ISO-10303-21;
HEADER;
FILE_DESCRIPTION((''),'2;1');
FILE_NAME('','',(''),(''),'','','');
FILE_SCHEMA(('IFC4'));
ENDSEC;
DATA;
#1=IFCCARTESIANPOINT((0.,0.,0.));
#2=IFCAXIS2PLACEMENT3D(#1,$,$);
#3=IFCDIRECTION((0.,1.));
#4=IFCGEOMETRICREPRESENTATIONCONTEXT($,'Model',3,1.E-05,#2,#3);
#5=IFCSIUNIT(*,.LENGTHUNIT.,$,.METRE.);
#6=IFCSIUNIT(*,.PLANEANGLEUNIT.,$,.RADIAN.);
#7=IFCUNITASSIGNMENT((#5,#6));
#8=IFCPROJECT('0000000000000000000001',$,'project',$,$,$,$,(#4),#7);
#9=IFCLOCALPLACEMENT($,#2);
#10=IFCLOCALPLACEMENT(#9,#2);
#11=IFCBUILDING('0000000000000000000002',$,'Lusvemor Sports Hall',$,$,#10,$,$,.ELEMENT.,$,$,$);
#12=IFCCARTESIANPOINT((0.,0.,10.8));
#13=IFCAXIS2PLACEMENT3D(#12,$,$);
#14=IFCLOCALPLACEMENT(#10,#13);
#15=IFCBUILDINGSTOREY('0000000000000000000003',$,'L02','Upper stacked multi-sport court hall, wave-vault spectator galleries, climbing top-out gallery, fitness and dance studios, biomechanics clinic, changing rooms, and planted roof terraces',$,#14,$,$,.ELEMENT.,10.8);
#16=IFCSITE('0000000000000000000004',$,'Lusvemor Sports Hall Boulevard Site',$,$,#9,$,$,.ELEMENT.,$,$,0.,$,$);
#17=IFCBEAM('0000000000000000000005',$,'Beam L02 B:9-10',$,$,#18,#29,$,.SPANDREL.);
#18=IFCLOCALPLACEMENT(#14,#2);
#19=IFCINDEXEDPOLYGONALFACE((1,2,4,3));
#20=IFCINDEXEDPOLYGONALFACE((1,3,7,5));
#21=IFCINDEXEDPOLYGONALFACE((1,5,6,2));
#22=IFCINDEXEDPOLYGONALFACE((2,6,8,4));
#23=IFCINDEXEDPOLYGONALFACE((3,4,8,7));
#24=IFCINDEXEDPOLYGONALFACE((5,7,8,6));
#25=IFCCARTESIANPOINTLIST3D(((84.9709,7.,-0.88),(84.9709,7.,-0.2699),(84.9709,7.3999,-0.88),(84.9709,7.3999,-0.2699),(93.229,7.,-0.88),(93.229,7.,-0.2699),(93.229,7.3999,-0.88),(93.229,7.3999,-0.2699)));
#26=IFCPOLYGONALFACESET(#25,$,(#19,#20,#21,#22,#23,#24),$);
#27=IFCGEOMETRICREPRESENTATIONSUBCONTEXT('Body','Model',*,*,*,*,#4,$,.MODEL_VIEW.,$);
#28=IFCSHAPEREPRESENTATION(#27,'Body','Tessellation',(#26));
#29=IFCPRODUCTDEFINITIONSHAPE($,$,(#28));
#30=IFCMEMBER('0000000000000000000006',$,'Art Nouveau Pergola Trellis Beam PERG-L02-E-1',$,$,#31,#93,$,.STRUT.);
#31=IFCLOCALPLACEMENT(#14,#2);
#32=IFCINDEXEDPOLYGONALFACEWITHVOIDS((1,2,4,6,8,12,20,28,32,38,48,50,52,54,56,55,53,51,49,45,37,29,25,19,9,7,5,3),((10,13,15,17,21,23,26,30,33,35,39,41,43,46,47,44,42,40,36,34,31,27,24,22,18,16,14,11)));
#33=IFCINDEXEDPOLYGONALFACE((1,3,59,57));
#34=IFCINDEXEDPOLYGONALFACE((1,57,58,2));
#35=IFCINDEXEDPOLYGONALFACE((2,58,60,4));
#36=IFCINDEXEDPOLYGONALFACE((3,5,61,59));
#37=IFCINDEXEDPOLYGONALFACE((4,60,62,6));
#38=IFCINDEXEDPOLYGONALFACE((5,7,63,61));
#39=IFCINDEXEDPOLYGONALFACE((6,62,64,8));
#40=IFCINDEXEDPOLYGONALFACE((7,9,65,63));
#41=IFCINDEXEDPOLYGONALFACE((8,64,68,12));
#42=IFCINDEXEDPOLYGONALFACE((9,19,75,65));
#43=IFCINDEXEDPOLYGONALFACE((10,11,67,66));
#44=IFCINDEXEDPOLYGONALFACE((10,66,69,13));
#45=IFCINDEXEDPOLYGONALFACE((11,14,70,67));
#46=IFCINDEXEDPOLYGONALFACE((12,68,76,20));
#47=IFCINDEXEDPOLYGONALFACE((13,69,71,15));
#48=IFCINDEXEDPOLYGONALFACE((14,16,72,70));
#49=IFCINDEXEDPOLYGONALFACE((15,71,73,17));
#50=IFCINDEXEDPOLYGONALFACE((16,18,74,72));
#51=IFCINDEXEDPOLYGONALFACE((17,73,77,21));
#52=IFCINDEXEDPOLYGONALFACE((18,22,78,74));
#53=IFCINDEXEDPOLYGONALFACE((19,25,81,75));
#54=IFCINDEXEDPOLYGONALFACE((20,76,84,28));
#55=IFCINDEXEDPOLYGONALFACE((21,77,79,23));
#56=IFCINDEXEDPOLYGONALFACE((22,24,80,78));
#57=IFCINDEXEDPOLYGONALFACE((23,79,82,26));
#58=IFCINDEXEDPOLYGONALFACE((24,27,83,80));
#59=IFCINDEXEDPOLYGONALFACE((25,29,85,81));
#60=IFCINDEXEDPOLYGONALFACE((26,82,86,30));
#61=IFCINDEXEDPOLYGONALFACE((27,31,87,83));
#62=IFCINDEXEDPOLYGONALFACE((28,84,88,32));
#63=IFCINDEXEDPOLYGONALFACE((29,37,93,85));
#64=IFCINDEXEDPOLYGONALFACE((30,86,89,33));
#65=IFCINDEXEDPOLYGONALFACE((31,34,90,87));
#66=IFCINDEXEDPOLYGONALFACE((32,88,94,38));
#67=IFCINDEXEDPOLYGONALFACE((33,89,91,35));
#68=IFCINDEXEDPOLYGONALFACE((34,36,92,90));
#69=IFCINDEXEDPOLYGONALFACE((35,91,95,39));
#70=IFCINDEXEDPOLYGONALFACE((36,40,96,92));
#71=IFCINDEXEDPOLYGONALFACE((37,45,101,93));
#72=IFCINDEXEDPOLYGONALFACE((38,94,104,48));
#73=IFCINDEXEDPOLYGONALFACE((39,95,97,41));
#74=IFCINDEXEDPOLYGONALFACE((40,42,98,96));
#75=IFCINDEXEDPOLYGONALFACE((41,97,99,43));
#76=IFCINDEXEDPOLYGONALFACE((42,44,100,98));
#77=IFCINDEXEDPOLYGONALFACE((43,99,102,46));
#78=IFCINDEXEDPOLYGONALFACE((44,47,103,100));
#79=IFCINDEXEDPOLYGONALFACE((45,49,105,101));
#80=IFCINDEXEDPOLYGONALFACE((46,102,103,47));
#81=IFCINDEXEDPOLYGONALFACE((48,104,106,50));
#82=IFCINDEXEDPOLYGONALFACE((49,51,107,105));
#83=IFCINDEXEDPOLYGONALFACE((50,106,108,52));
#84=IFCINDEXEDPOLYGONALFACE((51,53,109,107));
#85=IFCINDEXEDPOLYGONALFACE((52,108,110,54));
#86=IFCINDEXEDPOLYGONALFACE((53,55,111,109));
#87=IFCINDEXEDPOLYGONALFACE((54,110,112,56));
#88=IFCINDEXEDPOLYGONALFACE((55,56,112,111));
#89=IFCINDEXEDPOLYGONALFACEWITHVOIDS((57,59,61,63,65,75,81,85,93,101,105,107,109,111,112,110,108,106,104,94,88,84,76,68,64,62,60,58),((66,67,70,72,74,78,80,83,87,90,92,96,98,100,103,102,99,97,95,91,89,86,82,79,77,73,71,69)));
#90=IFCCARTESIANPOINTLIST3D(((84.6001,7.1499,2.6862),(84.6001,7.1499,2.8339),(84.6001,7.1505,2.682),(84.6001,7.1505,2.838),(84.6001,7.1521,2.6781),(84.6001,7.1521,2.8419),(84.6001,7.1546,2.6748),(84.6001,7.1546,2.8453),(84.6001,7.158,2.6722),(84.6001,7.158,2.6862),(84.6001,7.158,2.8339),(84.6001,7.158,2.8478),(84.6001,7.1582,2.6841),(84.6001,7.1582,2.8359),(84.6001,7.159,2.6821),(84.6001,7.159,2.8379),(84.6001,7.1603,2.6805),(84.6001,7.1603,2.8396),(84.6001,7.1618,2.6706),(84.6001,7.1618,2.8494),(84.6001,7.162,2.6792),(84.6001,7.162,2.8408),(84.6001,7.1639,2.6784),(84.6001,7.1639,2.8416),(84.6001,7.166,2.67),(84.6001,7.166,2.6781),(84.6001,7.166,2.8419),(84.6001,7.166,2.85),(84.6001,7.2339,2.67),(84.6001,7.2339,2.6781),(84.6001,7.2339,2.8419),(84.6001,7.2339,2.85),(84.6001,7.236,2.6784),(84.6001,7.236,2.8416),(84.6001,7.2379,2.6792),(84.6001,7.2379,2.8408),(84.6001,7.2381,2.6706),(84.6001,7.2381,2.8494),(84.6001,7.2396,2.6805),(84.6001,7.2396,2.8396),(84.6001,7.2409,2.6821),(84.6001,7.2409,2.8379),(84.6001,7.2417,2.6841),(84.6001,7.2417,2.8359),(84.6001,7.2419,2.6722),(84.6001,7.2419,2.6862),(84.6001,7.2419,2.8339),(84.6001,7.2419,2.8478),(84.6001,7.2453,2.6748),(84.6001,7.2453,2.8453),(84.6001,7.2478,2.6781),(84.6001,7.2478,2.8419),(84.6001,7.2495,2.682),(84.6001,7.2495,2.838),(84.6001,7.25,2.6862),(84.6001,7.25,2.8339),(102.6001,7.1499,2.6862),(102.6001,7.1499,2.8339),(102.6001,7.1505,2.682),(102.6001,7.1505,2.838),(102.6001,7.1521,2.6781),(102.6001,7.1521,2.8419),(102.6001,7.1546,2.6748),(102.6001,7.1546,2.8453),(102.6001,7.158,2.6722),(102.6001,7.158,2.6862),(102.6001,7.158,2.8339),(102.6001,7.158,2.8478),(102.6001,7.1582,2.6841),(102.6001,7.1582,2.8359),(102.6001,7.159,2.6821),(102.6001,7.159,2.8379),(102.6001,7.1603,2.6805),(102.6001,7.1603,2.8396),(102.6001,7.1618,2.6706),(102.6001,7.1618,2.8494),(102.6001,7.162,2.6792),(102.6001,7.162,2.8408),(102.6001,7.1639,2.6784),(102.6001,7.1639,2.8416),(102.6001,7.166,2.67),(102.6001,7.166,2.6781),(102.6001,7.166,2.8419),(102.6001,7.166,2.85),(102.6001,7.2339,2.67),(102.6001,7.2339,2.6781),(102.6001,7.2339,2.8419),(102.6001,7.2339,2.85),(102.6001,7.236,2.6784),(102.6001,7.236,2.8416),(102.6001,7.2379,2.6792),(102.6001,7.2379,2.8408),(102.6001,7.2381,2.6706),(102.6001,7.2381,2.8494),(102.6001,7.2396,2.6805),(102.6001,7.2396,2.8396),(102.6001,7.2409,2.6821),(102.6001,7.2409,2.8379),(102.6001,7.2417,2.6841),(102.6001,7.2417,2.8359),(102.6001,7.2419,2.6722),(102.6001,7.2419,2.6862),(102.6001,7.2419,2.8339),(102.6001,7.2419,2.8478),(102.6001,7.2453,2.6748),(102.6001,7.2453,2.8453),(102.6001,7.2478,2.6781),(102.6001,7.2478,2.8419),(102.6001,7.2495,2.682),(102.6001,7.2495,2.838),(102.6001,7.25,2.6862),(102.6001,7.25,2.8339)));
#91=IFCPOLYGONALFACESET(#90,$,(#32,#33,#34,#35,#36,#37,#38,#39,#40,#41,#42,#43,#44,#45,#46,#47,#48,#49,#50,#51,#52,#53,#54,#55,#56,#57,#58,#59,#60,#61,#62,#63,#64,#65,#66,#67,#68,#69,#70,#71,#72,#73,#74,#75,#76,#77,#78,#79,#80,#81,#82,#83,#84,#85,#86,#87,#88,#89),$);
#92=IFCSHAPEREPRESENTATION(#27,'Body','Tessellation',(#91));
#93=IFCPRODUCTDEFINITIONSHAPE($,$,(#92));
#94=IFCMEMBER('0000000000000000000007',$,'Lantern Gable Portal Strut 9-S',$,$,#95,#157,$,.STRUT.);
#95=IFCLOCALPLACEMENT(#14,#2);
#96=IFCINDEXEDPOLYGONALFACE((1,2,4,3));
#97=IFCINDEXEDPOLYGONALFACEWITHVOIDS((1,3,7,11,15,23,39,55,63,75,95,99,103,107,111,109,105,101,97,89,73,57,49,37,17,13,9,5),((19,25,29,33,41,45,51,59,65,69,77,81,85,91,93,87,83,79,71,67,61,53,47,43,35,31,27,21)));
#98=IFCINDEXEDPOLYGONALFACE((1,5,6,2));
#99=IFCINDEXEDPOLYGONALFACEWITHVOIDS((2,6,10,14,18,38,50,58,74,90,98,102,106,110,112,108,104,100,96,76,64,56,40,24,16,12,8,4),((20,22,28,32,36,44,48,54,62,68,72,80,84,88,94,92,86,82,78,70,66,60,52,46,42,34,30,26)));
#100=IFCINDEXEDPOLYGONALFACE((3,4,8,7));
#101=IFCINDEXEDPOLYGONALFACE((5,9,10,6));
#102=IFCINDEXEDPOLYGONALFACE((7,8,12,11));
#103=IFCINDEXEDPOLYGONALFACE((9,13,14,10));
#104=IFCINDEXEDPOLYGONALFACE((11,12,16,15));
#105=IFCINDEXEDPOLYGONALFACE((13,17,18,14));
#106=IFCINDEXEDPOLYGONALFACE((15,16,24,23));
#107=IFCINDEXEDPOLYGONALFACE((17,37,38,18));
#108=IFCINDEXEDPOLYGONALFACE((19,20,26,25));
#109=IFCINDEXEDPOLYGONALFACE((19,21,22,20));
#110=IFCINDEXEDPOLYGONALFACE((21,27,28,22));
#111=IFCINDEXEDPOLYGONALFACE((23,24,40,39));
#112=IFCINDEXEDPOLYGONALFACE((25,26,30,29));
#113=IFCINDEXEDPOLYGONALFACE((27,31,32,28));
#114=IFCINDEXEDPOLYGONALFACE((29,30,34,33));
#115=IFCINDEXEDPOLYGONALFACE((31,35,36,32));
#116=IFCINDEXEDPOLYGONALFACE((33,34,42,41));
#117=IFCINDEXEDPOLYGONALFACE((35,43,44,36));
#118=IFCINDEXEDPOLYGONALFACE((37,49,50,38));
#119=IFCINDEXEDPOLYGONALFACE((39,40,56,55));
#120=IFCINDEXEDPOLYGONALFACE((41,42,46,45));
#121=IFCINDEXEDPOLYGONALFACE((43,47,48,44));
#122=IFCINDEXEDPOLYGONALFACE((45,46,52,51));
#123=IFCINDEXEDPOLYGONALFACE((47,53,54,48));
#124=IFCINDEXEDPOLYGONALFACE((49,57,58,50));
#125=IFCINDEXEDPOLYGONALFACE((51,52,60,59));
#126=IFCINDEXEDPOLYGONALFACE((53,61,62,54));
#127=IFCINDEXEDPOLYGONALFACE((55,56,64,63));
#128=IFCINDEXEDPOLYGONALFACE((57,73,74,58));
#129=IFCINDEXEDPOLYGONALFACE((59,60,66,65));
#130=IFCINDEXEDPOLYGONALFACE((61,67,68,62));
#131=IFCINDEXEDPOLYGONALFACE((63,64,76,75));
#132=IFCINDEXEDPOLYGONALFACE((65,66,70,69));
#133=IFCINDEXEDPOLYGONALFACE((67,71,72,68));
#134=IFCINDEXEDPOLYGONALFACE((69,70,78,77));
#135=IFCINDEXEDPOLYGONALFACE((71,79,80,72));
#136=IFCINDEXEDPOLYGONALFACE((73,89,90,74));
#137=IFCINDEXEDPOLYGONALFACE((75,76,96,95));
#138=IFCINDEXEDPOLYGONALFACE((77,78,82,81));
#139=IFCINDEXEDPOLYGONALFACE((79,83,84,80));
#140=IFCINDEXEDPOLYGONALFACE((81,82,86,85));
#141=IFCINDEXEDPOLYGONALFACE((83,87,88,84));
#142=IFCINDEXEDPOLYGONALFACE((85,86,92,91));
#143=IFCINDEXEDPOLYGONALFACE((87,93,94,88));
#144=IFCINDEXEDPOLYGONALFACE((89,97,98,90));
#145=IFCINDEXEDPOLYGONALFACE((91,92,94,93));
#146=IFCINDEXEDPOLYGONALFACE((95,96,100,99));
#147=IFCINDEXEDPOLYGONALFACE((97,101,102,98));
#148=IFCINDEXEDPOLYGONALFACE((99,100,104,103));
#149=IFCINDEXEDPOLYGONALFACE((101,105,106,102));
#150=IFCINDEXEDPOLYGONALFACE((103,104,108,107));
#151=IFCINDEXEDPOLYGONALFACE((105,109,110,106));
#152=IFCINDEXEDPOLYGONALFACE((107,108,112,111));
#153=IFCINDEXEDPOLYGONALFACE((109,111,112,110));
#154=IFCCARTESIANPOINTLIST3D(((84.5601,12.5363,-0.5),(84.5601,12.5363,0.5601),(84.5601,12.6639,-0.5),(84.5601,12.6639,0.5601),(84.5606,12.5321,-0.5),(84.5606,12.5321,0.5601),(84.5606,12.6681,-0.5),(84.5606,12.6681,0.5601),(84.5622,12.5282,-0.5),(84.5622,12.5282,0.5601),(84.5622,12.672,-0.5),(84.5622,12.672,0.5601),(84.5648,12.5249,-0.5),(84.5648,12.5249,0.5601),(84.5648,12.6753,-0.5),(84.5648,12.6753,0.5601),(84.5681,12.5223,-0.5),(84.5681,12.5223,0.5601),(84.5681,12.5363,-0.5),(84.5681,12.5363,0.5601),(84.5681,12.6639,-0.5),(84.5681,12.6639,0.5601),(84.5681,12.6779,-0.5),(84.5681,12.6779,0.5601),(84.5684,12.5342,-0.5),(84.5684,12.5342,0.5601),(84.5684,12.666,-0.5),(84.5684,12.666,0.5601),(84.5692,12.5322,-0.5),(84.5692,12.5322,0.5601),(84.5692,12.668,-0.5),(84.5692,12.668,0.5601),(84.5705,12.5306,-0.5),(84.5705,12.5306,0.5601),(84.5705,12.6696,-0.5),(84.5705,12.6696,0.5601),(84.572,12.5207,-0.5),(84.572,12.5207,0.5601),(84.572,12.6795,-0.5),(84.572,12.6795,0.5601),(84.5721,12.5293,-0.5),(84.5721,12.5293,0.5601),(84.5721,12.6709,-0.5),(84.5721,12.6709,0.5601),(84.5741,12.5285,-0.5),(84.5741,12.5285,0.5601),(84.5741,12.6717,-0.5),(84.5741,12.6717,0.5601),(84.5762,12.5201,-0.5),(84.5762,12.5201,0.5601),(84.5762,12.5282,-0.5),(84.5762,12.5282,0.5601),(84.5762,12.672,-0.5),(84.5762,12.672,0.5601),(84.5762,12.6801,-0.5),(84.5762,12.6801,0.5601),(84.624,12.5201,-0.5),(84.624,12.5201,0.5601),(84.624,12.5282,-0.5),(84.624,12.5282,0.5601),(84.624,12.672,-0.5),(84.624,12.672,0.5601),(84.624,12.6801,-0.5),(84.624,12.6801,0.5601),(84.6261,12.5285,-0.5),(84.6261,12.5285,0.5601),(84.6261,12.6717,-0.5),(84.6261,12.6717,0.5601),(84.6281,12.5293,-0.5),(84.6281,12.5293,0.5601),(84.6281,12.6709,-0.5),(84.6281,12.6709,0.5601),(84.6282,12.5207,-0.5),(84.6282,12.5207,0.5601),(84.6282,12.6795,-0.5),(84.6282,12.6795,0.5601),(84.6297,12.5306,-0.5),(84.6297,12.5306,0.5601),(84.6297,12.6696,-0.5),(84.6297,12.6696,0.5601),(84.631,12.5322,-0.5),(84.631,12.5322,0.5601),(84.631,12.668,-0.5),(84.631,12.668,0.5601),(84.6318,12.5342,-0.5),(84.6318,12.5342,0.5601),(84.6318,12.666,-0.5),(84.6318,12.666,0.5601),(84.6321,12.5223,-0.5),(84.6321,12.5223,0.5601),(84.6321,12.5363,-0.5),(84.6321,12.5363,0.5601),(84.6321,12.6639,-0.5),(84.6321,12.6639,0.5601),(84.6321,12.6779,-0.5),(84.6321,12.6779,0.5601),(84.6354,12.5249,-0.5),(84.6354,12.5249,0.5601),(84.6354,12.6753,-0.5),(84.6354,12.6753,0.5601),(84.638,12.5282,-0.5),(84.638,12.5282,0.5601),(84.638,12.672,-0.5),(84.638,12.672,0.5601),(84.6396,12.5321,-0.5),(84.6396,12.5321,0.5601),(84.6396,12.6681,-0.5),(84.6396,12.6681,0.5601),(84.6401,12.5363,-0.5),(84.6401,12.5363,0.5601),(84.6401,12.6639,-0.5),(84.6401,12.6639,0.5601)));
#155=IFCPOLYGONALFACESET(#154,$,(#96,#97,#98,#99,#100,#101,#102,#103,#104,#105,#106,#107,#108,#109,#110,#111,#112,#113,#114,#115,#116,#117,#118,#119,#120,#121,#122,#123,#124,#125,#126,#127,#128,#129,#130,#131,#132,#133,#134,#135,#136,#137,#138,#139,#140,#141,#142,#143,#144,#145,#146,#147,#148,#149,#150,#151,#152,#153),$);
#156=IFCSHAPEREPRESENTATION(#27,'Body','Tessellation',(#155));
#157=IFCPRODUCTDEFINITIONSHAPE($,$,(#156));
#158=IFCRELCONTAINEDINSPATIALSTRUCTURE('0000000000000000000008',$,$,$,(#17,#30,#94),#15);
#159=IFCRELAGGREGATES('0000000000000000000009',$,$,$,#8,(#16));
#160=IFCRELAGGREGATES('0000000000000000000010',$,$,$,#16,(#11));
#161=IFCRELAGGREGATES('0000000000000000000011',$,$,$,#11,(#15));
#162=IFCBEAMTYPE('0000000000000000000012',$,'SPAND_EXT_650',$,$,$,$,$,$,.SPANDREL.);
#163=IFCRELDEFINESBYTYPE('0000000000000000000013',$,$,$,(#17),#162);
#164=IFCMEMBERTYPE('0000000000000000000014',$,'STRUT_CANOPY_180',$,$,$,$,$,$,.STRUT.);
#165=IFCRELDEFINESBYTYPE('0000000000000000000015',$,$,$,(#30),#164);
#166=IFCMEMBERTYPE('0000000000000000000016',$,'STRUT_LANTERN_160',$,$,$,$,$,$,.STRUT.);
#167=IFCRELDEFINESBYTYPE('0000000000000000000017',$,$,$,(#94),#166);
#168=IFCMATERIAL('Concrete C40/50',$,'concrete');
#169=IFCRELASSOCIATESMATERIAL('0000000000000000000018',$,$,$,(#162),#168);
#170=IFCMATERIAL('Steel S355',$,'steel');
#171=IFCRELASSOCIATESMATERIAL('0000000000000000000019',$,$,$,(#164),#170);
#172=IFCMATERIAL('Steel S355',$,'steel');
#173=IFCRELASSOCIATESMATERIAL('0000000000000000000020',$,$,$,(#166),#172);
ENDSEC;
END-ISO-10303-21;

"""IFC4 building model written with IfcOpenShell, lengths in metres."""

from ifc_helpers import new_model, si_unit, direction, frame, origin, origin_2d, place, context, subcontext, project, spatial, rectangle, hollow_rectangle, extrude, material, material_profile, profile_set, type_object, element, save


model = new_model("IFC4")

# Units and contexts
model_context = context("Model", 3, precision=1e-05, world=origin(), true_north=direction((0.0, 1.0)))
body_context = subcontext(model_context, "Body", "Model", "MODEL_VIEW")
ifc_project = project(units=[si_unit("LENGTHUNIT", "METRE"), si_unit("PLANEANGLEUNIT", "RADIAN")], contexts=[model_context])

# Site, building, storey
site_placement = place(None, origin())
site = spatial("IfcSite", under=ifc_project, at=site_placement, Name="Lusvemor Sports Hall Boulevard Site", CompositionType="ELEMENT", RefElevation=0.0)
building_placement = place(site_placement, origin())
building = spatial("IfcBuilding", under=site, at=building_placement, Name="Lusvemor Sports Hall", CompositionType="ELEMENT")
storey_placement = place(building_placement, frame((0.0, 0.0, 10.8)))
storey = spatial("IfcBuildingStorey", under=building, at=storey_placement, Name="L02", Description="Upper stacked multi-sport court hall, wave-vault spectator galleries, climbing top-out gallery, fitness and dance studios, biomechanics clinic, changing rooms, and planted roof terraces", CompositionType="ELEMENT", Elevation=10.8)

# Beam
ifc_material_1 = material(Name="Concrete C40/50", Category="concrete")
ifc_material_profile_1 = material_profile(ifc_material_1, rectangle(XDim=0.3999, YDim=0.6101, at=origin_2d()), Name="RC400x610")
ifc_profile_set_1 = profile_set([ifc_material_profile_1], Name="Concrete C40/50")
beam_type_1 = type_object("IfcBeamType", Name="SPAND_EXT_650", PredefinedType="SPANDREL", material=ifc_profile_set_1)
beam_1_placement = place(storey_placement, frame((84.9709, 7.2, -0.575), z_axis=(1.0, 0.0, 0.0), x_axis=(0.0, 1.0, 0.0)))
element("IfcBeam", 1, at=beam_1_placement, inside=storey, type_object=beam_type_1, Name="Beam L02 B:9-10", PredefinedType="SPANDREL", context=body_context, shape_type="SweptSolid", body=[
    extrude(rectangle(XDim=0.3999, YDim=0.6101, at=origin_2d()), origin(), (0.0, 0.0, 1.0), 8.2581),
])

# Members
ifc_material_2 = material(Name="Steel S355", Category="steel")
ifc_material_profile_2 = material_profile(ifc_material_2, hollow_rectangle(XDim=0.1001, YDim=0.1799, WallThickness=0.0081, InnerFilletRadius=0.0081, OuterFilletRadius=0.0161, at=origin_2d()), Name="RHS180x100x8")
ifc_profile_set_2 = profile_set([ifc_material_profile_2], Name="Steel S355")
member_type_1 = type_object("IfcMemberType", Name="STRUT_CANOPY_180", PredefinedType="STRUT", material=ifc_profile_set_2)
member_1_placement = place(storey_placement, frame((84.6001, 7.2, 2.76), z_axis=(1.0, 0.0, 0.0), x_axis=(0.0, 1.0, 0.0)))
element("IfcMember", 2, at=member_1_placement, inside=storey, type_object=member_type_1, Name="Art Nouveau Pergola Trellis Beam PERG-L02-E-1", PredefinedType="STRUT", context=body_context, shape_type="SweptSolid", body=[
    extrude(hollow_rectangle(XDim=0.1001, YDim=0.1799, WallThickness=0.0081, InnerFilletRadius=0.0081, OuterFilletRadius=0.0161, at=origin_2d()), origin(), (0.0, 0.0, 1.0), 18.0),
])
ifc_material_3 = material(Name="Steel S355", Category="steel")
ifc_material_profile_3 = material_profile(ifc_material_3, hollow_rectangle(XDim=0.0801, YDim=0.1599, WallThickness=0.0081, InnerFilletRadius=0.0081, OuterFilletRadius=0.0161, at=origin_2d()), Name="RHS160x80x8")
ifc_profile_set_3 = profile_set([ifc_material_profile_3], Name="Steel S355")
member_type_2 = type_object("IfcMemberType", Name="STRUT_LANTERN_160", PredefinedType="STRUT", material=ifc_profile_set_3)
member_2_placement = place(storey_placement, frame((84.6001, 12.6001, -0.5), z_axis=(0.0, 0.0, 1.0), x_axis=(1.0, 0.0, 0.0)))
element("IfcMember", 3, at=member_2_placement, inside=storey, type_object=member_type_2, Name="Lantern Gable Portal Strut 9-S", PredefinedType="STRUT", context=body_context, shape_type="SweptSolid", body=[
    extrude(hollow_rectangle(XDim=0.0801, YDim=0.1599, WallThickness=0.0081, InnerFilletRadius=0.0081, OuterFilletRadius=0.0161, at=origin_2d()), origin(), (0.0, 0.0, 1.0), 1.0601),
])

save(model, "model.ifc")
